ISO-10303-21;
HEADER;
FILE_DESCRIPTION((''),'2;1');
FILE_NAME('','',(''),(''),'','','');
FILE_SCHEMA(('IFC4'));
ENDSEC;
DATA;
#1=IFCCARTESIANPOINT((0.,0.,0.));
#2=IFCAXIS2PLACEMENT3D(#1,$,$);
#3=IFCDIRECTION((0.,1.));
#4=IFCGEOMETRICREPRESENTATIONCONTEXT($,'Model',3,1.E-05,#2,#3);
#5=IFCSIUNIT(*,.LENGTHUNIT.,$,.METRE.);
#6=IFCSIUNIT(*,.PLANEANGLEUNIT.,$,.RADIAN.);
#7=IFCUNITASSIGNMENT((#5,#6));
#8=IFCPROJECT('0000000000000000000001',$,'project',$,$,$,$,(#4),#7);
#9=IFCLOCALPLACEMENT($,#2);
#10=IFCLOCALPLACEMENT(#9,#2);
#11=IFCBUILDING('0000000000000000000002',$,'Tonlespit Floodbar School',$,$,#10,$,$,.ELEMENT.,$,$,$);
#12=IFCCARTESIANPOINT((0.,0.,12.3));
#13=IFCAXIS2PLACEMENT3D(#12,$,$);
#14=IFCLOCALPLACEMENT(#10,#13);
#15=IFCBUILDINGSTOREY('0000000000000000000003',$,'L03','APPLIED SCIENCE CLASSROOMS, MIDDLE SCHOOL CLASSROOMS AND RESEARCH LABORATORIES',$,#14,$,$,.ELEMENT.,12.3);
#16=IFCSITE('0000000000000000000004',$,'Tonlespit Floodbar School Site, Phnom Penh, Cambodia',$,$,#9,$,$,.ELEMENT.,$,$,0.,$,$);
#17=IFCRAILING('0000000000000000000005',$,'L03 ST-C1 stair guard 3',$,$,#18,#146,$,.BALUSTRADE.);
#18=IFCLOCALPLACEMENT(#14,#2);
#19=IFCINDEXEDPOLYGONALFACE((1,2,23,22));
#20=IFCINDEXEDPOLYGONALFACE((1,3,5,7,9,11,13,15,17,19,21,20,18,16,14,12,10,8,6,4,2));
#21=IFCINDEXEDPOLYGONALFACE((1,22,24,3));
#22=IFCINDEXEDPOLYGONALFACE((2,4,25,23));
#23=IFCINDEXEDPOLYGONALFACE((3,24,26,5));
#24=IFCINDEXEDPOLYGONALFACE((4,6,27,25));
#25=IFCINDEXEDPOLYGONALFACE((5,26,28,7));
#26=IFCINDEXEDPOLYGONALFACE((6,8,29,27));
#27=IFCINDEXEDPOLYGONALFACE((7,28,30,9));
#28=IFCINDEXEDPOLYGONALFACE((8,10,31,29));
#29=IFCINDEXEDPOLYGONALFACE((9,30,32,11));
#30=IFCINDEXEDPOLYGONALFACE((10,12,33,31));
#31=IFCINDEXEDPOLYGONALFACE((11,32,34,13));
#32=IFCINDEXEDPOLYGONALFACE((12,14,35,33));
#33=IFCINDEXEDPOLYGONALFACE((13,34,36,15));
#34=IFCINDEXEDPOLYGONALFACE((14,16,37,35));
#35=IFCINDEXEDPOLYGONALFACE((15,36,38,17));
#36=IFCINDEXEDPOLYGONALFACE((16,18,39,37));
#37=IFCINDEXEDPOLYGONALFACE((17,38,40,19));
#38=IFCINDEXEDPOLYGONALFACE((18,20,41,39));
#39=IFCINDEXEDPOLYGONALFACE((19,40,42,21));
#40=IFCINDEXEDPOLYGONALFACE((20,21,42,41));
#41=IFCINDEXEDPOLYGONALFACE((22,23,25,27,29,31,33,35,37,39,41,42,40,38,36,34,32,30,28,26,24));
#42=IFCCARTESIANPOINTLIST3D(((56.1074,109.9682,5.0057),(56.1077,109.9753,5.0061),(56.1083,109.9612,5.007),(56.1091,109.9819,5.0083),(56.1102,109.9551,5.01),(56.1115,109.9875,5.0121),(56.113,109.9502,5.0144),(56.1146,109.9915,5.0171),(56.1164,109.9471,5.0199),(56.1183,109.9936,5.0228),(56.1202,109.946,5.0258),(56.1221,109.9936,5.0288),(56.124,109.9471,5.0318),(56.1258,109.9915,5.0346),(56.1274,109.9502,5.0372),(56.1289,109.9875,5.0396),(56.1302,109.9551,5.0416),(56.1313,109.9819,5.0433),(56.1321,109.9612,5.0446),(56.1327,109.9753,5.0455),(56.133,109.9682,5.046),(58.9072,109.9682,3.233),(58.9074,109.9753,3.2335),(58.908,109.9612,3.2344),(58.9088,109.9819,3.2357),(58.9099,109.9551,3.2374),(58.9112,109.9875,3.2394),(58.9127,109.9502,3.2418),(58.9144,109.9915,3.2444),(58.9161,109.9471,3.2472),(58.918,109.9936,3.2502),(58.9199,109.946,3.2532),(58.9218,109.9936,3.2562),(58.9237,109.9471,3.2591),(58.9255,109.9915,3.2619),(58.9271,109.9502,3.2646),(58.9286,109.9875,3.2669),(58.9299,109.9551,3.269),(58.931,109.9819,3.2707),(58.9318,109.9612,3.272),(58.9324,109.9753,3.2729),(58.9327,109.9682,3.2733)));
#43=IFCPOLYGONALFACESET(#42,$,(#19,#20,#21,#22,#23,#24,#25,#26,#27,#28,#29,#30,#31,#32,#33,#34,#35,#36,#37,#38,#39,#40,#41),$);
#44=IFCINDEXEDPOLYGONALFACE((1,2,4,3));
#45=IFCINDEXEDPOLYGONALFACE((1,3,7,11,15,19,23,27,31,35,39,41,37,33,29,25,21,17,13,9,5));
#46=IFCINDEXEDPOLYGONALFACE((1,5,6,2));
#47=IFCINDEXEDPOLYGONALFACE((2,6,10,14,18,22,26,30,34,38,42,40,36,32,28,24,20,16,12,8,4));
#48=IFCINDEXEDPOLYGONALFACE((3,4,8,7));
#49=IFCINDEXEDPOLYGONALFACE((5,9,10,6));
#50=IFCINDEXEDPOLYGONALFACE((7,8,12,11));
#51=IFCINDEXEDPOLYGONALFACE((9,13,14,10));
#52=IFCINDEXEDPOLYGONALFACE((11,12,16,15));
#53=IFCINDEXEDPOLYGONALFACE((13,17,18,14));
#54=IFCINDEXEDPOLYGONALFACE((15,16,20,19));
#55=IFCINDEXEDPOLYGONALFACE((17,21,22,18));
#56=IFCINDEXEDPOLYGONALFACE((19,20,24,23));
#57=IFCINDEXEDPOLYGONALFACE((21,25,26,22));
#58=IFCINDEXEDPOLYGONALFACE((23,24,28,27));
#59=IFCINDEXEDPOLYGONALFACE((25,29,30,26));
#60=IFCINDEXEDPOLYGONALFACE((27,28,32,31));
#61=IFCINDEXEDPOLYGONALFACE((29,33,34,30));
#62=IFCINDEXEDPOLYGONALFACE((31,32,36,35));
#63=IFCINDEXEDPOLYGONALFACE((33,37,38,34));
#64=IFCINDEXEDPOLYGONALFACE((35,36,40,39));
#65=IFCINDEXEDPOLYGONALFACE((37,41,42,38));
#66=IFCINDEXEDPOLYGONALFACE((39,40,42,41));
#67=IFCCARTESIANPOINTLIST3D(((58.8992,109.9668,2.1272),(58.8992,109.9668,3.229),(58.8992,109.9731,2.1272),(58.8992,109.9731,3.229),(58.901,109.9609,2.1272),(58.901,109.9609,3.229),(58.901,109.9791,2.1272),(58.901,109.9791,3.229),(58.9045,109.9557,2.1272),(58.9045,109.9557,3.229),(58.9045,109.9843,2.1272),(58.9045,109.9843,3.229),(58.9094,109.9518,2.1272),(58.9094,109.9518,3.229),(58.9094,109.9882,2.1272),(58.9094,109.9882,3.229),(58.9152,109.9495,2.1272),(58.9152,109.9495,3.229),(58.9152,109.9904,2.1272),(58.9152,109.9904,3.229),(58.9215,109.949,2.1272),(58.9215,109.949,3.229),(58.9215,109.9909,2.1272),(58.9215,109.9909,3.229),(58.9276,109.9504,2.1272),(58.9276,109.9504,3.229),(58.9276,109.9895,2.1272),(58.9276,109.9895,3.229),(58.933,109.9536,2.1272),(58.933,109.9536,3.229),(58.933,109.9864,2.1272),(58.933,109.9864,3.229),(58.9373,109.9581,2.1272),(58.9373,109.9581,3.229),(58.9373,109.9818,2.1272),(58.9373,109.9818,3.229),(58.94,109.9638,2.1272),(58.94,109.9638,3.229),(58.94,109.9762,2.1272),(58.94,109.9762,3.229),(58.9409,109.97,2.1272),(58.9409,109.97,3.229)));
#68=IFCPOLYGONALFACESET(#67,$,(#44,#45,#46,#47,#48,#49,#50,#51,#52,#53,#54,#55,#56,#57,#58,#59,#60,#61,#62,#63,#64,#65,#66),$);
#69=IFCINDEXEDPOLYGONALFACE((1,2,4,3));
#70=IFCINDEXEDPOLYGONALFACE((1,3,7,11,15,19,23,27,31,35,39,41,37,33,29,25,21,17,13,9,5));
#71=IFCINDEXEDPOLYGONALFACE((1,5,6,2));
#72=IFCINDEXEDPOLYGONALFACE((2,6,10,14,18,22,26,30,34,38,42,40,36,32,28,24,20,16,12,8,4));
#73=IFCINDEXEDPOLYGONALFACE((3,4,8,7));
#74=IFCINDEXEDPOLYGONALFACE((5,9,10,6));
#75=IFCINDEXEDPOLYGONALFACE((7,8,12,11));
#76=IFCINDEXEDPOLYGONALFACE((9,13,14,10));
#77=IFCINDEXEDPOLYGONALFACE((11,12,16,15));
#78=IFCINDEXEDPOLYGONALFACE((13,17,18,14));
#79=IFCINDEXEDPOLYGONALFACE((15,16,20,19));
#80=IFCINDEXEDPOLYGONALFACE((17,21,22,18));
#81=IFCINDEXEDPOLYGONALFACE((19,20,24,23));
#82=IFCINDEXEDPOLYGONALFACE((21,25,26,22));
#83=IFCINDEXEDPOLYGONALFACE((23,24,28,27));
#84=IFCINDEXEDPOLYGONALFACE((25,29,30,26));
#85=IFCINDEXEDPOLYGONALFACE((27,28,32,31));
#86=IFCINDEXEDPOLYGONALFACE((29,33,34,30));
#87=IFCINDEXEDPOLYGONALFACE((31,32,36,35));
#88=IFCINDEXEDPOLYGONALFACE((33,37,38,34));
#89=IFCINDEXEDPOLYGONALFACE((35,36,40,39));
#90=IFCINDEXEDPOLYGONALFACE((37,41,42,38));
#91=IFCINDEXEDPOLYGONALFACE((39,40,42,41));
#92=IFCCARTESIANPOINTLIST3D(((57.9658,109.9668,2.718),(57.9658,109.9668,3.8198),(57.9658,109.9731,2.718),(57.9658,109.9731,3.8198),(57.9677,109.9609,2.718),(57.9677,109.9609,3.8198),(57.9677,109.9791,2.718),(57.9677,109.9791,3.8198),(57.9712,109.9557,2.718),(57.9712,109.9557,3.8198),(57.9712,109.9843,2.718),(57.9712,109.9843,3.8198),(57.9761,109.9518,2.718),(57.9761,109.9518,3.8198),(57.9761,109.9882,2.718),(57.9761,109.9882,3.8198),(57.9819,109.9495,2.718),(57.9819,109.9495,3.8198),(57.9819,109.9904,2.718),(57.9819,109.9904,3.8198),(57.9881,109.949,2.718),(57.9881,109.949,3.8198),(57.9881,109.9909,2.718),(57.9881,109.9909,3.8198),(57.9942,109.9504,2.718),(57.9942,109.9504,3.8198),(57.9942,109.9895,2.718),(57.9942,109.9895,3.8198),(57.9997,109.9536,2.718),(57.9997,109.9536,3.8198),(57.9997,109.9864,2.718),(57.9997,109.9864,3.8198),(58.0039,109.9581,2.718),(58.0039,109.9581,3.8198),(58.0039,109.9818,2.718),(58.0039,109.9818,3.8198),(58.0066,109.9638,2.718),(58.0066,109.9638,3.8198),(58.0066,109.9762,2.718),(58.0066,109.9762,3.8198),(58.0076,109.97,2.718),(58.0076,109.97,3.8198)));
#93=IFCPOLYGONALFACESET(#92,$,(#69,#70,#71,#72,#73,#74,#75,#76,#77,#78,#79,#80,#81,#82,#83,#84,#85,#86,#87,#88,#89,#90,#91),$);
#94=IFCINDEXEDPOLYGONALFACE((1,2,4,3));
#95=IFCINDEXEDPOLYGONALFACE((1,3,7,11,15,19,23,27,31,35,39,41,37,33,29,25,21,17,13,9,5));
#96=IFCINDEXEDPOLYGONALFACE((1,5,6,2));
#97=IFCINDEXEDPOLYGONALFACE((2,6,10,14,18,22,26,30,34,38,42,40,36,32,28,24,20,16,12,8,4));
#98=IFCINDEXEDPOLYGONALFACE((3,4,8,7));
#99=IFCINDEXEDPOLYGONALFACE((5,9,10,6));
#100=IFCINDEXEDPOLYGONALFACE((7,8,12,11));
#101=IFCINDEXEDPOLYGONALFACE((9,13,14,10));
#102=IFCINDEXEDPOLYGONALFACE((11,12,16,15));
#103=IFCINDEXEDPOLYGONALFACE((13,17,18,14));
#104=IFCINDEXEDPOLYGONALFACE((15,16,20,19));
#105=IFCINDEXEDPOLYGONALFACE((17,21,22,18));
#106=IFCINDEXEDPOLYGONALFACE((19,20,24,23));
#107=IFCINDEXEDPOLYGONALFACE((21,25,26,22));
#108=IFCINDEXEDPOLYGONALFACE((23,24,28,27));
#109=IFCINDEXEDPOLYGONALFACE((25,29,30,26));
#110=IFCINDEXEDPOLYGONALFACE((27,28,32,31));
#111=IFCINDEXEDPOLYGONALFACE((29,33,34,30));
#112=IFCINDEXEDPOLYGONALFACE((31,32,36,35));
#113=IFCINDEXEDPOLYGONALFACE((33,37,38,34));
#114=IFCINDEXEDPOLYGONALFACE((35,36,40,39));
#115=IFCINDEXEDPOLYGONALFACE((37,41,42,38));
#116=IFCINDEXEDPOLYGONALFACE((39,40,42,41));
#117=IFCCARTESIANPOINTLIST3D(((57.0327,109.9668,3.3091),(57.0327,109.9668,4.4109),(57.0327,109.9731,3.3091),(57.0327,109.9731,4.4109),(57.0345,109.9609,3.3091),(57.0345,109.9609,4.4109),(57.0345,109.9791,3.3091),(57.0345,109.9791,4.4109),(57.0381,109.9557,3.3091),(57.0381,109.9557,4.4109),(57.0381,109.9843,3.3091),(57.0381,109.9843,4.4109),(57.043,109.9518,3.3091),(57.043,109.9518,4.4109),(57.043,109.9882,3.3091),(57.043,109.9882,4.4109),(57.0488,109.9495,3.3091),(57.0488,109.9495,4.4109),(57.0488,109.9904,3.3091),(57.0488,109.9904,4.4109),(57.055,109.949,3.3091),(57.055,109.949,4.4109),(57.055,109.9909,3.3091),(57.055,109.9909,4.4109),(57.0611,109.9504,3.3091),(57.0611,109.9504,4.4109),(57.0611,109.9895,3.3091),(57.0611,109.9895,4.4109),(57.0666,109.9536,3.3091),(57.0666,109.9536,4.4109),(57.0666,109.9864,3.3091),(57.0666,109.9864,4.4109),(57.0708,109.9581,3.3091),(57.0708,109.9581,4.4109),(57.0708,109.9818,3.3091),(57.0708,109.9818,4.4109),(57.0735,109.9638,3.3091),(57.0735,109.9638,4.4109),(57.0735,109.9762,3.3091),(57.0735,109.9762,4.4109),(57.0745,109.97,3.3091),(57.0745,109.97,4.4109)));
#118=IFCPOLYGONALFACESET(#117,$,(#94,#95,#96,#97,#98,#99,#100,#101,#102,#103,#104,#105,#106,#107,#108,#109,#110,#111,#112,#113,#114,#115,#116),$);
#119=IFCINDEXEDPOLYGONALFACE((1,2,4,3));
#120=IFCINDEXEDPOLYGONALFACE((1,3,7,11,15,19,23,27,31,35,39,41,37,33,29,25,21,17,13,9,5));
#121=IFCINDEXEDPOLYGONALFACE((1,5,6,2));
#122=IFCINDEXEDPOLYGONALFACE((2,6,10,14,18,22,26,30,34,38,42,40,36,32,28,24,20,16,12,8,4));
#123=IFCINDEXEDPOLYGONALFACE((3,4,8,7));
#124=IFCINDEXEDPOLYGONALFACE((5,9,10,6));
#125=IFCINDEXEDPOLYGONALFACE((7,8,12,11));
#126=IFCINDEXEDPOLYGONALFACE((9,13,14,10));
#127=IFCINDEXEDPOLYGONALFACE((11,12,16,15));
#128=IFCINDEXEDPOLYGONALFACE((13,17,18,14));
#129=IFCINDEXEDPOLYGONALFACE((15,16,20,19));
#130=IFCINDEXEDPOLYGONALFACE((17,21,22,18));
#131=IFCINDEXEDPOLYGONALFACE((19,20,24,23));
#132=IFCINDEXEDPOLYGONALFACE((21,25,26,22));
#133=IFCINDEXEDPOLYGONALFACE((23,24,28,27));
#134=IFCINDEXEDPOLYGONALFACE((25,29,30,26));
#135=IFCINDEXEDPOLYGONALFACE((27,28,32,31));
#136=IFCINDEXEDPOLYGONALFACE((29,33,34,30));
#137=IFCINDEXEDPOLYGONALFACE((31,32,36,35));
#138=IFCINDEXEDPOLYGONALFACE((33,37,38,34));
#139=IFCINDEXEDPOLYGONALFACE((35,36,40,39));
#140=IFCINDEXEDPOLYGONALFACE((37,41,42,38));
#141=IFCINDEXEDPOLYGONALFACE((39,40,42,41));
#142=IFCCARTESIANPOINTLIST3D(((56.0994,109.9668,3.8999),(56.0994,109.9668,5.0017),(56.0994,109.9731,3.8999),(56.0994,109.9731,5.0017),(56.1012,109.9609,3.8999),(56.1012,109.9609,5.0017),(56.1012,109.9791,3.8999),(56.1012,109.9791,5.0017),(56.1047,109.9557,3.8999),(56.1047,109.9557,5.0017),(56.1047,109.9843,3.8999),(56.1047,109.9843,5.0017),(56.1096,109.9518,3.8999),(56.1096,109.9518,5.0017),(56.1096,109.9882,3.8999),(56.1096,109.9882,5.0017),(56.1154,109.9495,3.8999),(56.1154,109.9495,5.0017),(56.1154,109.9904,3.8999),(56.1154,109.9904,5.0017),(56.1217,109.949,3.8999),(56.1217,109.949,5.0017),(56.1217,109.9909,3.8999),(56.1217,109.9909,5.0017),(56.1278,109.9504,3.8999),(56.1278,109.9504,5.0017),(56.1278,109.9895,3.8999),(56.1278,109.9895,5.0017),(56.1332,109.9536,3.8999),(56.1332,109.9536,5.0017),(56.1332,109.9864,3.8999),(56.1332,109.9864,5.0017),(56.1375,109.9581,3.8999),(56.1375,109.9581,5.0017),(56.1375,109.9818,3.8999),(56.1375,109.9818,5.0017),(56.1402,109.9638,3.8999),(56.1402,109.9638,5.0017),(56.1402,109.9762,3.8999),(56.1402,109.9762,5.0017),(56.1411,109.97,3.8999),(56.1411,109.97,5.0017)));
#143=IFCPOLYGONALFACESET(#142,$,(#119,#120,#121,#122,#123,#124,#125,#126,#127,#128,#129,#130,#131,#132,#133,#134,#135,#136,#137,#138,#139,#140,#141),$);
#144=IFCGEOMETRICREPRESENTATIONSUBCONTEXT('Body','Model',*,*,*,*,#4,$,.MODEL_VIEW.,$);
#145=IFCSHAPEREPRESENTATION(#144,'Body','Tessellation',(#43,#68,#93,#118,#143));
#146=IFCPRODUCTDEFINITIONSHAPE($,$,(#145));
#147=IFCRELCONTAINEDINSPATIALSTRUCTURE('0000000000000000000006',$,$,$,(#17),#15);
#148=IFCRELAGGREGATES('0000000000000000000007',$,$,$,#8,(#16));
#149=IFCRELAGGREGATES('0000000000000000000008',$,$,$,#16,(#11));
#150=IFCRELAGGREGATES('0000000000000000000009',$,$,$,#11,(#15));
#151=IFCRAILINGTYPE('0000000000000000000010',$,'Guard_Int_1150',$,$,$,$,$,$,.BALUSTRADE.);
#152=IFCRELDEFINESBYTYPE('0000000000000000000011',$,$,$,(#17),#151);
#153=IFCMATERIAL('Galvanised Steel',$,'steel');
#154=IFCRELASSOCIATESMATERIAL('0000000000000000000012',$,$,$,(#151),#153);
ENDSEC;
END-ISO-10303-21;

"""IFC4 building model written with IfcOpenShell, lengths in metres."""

from ifc_helpers import new_model, si_unit, direction, frame, origin, origin_2d, place, context, subcontext, project, spatial, circle, extrude, material, type_object, element, save


model = new_model("IFC4")

# Units and contexts
model_context = context("Model", 3, precision=1e-05, world=origin(), true_north=direction((0.0, 1.0)))
body_context = subcontext(model_context, "Body", "Model", "MODEL_VIEW")
ifc_project = project(units=[si_unit("LENGTHUNIT", "METRE"), si_unit("PLANEANGLEUNIT", "RADIAN")], contexts=[model_context])

# Site, building, storey
site_placement = place(None, origin())
site = spatial("IfcSite", under=ifc_project, at=site_placement, Name="Tonlespit Floodbar School Site, Phnom Penh, Cambodia", CompositionType="ELEMENT", RefElevation=0.0)
building_placement = place(site_placement, origin())
building = spatial("IfcBuilding", under=site, at=building_placement, Name="Tonlespit Floodbar School", CompositionType="ELEMENT")
storey_placement = place(building_placement, frame((0.0, 0.0, 12.3)))
storey = spatial("IfcBuildingStorey", under=building, at=storey_placement, Name="L03", Description="APPLIED SCIENCE CLASSROOMS, MIDDLE SCHOOL CLASSROOMS AND RESEARCH LABORATORIES", CompositionType="ELEMENT", Elevation=12.3)

# Shared definitions
ifc_material_1 = material(Name="Galvanised Steel", Category="steel")

# Railing
railing_type_1 = type_object("IfcRailingType", Name="Guard_Int_1150", PredefinedType="BALUSTRADE", material=ifc_material_1)
railing_1_placement = place(storey_placement, frame((58.9199, 109.97, 2.1272)))
element("IfcRailing", 1, at=railing_1_placement, inside=storey, type_object=railing_type_1, Name="L03 ST-C1 stair guard 3", PredefinedType="BALUSTRADE", context=body_context, shape_type="SweptSolid", body=[
    extrude(circle(Radius=0.0239, at=origin_2d()), frame((0.0, 0.0, 1.126), z_axis=(-0.844888, 0.0, 0.534943), x_axis=(0.0, -1.0, 0.0)), (0.0, 0.0, 1.0), 3.3137),
    extrude(circle(Radius=0.021, at=origin_2d()), origin(), (0.0, 0.0, 1.0), 1.1018),
    extrude(circle(Radius=0.021, at=origin_2d()), frame((-0.9333, 0.0, 0.5908)), (0.0, 0.0, 1.0), 1.1018),
    extrude(circle(Radius=0.021, at=origin_2d()), frame((-1.8665, 0.0, 1.1819)), (0.0, 0.0, 1.0), 1.1018),
    extrude(circle(Radius=0.021, at=origin_2d()), frame((-2.7998, 0.0, 1.7727)), (0.0, 0.0, 1.0), 1.1018),
])

save(model, "model.ifc")
